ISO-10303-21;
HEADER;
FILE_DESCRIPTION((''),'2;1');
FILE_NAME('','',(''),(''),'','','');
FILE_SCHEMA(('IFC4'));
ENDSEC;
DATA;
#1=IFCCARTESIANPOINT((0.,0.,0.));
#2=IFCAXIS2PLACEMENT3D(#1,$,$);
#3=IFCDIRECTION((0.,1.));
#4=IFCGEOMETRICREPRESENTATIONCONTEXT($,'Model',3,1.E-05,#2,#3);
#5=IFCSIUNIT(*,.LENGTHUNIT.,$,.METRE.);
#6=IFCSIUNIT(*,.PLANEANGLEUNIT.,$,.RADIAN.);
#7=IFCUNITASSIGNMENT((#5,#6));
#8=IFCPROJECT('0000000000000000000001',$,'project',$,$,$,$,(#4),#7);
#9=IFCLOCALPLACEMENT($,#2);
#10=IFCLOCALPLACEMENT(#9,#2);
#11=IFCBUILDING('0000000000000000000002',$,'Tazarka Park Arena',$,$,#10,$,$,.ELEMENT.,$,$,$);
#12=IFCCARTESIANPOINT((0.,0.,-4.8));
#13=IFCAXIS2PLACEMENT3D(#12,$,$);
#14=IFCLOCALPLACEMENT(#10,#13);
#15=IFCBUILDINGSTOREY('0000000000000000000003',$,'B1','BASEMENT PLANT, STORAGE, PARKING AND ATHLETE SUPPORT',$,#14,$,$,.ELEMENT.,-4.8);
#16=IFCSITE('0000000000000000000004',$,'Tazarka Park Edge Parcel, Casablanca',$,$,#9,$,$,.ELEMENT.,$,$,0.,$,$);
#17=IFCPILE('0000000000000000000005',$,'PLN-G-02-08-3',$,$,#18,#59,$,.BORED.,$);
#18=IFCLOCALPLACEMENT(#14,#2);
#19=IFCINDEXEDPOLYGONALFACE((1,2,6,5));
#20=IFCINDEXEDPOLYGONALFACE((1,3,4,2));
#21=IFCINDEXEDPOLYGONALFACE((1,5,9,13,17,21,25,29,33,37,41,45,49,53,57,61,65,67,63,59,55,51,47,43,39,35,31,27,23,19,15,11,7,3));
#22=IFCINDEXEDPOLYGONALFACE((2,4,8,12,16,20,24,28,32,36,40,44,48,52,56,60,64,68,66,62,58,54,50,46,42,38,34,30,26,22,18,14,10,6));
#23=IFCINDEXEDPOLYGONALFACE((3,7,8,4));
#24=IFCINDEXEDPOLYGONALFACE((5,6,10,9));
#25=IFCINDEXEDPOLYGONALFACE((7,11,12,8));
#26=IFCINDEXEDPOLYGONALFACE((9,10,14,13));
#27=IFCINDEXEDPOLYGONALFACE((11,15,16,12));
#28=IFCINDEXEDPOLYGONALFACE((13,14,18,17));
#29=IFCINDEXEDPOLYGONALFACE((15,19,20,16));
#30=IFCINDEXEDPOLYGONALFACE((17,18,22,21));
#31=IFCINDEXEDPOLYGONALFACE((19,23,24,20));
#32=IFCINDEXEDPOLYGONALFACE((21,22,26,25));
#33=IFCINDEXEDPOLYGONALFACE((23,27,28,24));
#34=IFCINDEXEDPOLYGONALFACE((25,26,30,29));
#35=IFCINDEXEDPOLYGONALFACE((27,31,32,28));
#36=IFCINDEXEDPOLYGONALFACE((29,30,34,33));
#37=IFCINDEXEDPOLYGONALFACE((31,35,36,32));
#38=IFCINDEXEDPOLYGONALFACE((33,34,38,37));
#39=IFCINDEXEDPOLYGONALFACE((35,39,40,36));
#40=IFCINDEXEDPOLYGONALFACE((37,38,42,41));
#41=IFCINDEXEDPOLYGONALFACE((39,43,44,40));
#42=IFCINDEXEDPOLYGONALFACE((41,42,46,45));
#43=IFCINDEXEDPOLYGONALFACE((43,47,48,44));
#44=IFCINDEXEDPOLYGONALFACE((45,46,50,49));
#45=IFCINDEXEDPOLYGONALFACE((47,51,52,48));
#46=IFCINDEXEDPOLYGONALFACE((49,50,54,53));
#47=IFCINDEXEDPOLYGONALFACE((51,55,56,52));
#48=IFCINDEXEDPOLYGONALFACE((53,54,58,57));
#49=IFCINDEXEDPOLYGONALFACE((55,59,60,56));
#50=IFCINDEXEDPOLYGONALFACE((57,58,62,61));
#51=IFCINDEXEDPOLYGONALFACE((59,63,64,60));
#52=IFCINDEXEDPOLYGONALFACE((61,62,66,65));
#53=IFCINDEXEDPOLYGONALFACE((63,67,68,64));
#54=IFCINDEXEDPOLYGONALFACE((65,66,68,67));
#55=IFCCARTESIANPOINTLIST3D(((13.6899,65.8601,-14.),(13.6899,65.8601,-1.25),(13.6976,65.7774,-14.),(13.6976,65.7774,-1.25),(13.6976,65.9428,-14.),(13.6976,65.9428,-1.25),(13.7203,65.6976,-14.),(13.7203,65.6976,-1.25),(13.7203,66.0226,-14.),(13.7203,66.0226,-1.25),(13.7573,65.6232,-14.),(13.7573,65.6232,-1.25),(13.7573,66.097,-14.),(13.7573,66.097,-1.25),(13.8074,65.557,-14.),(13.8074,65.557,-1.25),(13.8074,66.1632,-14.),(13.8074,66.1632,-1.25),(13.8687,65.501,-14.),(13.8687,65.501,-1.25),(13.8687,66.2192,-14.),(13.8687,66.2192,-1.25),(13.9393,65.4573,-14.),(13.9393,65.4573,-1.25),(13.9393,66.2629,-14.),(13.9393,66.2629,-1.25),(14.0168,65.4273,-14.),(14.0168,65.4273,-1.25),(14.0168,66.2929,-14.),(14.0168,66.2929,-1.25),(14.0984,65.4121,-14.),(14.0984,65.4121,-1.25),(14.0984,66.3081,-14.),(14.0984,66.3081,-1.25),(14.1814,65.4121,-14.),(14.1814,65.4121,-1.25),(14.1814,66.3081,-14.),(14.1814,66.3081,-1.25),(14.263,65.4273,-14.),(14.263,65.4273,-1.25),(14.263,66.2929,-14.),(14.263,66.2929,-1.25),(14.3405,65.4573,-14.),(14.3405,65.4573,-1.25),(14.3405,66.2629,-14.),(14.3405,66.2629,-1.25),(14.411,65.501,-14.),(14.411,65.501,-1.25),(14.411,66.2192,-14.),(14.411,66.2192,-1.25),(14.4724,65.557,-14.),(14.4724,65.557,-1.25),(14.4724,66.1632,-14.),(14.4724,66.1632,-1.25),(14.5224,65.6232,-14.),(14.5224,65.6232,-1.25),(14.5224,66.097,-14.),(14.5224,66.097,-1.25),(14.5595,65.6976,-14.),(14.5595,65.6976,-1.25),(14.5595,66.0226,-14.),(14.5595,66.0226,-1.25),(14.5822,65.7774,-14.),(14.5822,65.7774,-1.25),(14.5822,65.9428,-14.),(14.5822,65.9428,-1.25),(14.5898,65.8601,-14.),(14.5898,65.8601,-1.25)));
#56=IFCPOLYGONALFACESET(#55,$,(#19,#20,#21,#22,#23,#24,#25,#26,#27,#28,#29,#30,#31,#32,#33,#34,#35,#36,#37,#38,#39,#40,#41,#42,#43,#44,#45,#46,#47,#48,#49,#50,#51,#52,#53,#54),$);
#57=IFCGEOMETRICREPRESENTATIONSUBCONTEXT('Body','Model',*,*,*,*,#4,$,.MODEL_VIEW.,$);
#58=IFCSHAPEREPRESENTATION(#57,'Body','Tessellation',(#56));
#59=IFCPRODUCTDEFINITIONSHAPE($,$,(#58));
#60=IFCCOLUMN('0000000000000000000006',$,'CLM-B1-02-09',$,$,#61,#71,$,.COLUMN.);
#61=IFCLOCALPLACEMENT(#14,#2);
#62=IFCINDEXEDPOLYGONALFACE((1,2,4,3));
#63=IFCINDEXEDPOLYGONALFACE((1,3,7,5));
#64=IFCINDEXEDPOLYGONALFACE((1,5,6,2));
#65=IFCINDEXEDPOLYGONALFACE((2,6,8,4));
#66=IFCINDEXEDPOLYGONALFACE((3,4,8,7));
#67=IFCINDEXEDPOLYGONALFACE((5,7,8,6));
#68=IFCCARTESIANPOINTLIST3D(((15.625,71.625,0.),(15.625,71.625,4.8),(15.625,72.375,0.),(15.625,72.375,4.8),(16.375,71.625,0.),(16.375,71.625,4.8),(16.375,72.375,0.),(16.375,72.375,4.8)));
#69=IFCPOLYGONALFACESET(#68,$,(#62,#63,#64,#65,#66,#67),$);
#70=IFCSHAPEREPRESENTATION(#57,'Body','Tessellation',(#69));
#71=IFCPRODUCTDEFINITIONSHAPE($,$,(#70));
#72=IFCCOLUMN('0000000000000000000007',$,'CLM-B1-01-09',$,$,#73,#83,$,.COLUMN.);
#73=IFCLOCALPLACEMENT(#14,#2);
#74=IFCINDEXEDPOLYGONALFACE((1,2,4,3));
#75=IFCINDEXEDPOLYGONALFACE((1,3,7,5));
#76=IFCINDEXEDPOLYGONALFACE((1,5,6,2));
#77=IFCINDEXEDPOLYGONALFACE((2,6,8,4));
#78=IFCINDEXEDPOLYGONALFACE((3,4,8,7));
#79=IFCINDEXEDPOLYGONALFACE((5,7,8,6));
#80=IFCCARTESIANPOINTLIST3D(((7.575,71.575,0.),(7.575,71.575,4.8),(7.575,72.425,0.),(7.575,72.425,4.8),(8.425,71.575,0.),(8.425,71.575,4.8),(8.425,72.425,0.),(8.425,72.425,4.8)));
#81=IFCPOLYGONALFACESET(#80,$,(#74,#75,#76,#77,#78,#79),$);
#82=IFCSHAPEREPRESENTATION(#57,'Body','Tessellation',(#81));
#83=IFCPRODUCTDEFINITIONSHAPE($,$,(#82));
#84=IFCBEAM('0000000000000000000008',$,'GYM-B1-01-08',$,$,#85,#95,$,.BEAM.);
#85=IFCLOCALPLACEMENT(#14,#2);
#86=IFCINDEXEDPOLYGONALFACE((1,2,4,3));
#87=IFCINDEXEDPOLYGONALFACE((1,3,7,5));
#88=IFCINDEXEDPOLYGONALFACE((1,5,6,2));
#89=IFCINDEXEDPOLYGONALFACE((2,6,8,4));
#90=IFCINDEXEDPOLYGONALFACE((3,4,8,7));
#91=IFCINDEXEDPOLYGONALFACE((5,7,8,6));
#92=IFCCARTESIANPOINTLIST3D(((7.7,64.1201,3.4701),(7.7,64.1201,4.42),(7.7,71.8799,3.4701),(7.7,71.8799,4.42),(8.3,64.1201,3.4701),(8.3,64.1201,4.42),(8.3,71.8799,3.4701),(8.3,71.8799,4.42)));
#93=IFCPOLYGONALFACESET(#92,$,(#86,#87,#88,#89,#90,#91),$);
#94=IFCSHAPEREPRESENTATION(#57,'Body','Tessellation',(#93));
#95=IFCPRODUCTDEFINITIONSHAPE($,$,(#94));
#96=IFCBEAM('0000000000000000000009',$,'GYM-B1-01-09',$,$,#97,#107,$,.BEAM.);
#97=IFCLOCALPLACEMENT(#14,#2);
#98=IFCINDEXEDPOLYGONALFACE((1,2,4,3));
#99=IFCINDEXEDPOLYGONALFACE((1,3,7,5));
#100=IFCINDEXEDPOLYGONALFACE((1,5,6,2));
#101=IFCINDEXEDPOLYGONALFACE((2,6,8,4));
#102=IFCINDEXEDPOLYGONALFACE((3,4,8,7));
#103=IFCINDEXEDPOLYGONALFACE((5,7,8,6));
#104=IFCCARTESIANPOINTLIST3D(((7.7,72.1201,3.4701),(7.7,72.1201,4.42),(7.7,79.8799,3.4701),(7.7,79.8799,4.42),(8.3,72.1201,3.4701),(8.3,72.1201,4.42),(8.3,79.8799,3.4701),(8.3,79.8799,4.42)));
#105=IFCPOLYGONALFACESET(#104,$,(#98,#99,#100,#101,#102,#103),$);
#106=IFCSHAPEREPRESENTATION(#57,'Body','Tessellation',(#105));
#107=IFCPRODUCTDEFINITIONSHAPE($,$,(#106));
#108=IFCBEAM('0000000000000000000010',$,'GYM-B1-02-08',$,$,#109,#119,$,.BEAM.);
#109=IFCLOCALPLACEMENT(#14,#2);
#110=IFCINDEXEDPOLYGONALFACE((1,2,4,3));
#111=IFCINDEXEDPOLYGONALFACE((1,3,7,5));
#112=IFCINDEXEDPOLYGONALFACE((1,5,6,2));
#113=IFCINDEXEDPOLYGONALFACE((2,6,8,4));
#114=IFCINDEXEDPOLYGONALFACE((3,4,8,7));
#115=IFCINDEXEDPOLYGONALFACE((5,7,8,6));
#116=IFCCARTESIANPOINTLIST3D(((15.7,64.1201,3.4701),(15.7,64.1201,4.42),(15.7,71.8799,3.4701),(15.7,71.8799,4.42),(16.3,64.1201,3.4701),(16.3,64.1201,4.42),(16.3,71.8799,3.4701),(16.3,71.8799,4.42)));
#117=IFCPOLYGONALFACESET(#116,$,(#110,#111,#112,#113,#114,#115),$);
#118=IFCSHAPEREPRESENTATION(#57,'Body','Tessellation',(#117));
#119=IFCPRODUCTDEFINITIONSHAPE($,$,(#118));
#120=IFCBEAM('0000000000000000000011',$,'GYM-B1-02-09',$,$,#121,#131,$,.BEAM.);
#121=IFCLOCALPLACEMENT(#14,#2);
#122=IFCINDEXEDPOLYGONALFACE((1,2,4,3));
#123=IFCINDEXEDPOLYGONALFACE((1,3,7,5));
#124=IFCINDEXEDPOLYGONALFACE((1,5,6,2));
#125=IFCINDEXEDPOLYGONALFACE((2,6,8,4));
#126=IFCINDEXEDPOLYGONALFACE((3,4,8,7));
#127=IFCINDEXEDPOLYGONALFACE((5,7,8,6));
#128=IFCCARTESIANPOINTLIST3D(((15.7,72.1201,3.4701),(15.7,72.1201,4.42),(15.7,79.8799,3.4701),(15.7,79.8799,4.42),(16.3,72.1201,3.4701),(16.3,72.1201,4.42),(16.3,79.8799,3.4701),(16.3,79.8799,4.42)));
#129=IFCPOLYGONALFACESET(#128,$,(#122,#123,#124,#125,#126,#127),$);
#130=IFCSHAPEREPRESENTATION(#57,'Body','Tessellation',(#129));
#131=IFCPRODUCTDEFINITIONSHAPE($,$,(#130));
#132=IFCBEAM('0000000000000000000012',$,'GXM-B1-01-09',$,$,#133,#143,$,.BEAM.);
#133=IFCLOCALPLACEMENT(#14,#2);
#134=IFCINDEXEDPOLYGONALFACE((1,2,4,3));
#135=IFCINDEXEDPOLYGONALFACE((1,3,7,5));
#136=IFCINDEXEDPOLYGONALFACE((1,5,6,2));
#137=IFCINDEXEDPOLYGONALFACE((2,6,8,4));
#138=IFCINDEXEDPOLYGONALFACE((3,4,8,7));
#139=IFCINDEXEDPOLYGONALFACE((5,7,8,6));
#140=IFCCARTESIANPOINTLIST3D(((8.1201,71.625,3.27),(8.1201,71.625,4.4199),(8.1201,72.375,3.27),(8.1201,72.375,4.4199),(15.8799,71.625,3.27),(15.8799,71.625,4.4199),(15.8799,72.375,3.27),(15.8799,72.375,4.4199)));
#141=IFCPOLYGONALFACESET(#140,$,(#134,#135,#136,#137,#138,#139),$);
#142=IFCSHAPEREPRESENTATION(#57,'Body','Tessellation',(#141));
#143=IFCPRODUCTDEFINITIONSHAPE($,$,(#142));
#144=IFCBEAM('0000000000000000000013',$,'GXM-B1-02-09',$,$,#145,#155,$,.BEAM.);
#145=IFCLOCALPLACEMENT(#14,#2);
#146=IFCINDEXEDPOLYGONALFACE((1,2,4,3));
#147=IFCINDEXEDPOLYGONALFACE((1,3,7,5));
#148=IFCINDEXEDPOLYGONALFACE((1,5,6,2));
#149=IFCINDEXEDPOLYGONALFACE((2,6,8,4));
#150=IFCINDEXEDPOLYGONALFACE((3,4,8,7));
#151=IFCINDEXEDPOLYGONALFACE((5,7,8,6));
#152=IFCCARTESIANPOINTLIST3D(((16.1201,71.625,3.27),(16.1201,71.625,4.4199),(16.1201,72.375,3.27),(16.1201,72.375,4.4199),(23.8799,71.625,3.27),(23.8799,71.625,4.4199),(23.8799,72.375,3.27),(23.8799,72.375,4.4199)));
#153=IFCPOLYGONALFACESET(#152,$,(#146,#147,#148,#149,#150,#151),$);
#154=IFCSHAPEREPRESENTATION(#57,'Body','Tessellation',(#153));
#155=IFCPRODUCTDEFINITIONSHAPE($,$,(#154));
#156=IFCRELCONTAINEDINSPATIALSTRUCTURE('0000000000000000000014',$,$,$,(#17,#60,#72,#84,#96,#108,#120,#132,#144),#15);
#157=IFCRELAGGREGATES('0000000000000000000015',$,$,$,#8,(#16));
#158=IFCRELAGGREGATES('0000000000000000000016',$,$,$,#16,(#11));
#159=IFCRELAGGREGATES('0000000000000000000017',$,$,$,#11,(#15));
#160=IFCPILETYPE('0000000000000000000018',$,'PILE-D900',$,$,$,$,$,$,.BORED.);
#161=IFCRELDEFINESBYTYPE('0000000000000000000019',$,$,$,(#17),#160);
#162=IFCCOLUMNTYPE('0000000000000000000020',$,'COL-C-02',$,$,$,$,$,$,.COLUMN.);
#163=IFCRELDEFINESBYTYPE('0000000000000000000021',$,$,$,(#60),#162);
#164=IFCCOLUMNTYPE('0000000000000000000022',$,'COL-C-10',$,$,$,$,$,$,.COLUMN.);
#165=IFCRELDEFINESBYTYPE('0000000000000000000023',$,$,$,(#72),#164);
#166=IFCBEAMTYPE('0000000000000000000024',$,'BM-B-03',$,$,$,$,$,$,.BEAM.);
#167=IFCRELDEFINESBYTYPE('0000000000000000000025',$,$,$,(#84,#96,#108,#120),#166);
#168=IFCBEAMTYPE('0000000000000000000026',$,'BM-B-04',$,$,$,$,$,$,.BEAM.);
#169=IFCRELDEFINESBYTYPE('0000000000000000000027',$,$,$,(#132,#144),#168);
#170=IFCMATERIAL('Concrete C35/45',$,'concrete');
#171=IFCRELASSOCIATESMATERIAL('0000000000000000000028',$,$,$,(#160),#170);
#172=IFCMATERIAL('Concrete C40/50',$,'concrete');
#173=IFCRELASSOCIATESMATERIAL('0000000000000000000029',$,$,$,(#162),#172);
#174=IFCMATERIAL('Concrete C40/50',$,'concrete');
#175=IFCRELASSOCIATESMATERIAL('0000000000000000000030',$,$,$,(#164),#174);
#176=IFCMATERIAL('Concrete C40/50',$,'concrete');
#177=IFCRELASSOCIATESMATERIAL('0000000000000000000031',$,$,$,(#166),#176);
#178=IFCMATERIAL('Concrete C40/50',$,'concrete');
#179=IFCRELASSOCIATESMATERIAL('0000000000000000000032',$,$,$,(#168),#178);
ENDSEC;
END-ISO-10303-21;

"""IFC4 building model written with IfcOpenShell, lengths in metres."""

from ifc_helpers import new_model, si_unit, direction, frame, origin, origin_2d, place, context, subcontext, project, spatial, rectangle, circle, extrude, material, material_profile, profile_set, type_object, element, save


model = new_model("IFC4")

# Units and contexts
model_context = context("Model", 3, precision=1e-05, world=origin(), true_north=direction((0.0, 1.0)))
body_context = subcontext(model_context, "Body", "Model", "MODEL_VIEW")
ifc_project = project(units=[si_unit("LENGTHUNIT", "METRE"), si_unit("PLANEANGLEUNIT", "RADIAN")], contexts=[model_context])

# Site, building, storey
site_placement = place(None, origin())
site = spatial("IfcSite", under=ifc_project, at=site_placement, Name="Tazarka Park Edge Parcel, Casablanca", CompositionType="ELEMENT", RefElevation=0.0)
building_placement = place(site_placement, origin())
building = spatial("IfcBuilding", under=site, at=building_placement, Name="Tazarka Park Arena", CompositionType="ELEMENT")
storey_placement = place(building_placement, frame((0.0, 0.0, -4.8)))
storey = spatial("IfcBuildingStorey", under=building, at=storey_placement, Name="B1", Description="BASEMENT PLANT, STORAGE, PARKING AND ATHLETE SUPPORT", CompositionType="ELEMENT", Elevation=-4.8)

# Pile
ifc_material_1 = material(Name="Concrete C35/45", Category="concrete")
ifc_material_profile_1 = material_profile(ifc_material_1, circle(Radius=0.45, at=origin_2d()), Name="Concrete C35/45")
ifc_profile_set_1 = profile_set([ifc_material_profile_1], Name="Concrete C35/45")
pile_type_1 = type_object("IfcPileType", Name="PILE-D900", PredefinedType="BORED", material=ifc_profile_set_1)
pile_placement = place(storey_placement, frame((14.1399, 65.8601, -1.25), z_axis=(0.0, 0.0, -1.0), x_axis=(1.0, 0.0, 0.0)))
element("IfcPile", 1, at=pile_placement, inside=storey, type_object=pile_type_1, Name="PLN-G-02-08-3", PredefinedType="BORED", context=body_context, shape_type="SweptSolid", body=[
    extrude(circle(Radius=0.45, at=origin_2d()), origin(), (0.0, 0.0, 1.0), 12.75),
])

# Columns
ifc_material_2 = material(Name="Concrete C40/50", Category="concrete")
ifc_material_profile_2 = material_profile(ifc_material_2, rectangle(XDim=0.75, YDim=0.75, at=origin_2d()), Name="Concrete C40/50")
ifc_profile_set_2 = profile_set([ifc_material_profile_2], Name="Concrete C40/50")
column_type_1 = type_object("IfcColumnType", Name="COL-C-02", PredefinedType="COLUMN", material=ifc_profile_set_2)
column_1_placement = place(storey_placement, frame((16.0, 72.0, 0.0), z_axis=(0.0, 0.0, 1.0), x_axis=(1.0, 0.0, 0.0)))
element("IfcColumn", 2, at=column_1_placement, inside=storey, type_object=column_type_1, Name="CLM-B1-02-09", PredefinedType="COLUMN", context=body_context, shape_type="SweptSolid", body=[
    extrude(rectangle(XDim=0.75, YDim=0.75, at=origin_2d()), origin(), (0.0, 0.0, 1.0), 4.8),
])
ifc_material_3 = material(Name="Concrete C40/50", Category="concrete")
ifc_material_profile_3 = material_profile(ifc_material_3, rectangle(XDim=0.8501, YDim=0.8501, at=origin_2d()), Name="Concrete C40/50")
ifc_profile_set_3 = profile_set([ifc_material_profile_3], Name="Concrete C40/50")
column_type_2 = type_object("IfcColumnType", Name="COL-C-10", PredefinedType="COLUMN", material=ifc_profile_set_3)
column_2_placement = place(storey_placement, frame((8.0, 72.0, 0.0), z_axis=(0.0, 0.0, 1.0), x_axis=(1.0, 0.0, 0.0)))
element("IfcColumn", 3, at=column_2_placement, inside=storey, type_object=column_type_2, Name="CLM-B1-01-09", PredefinedType="COLUMN", context=body_context, shape_type="SweptSolid", body=[
    extrude(rectangle(XDim=0.8501, YDim=0.8501, at=origin_2d()), origin(), (0.0, 0.0, 1.0), 4.8),
])

# Beams
ifc_material_4 = material(Name="Concrete C40/50", Category="concrete")
ifc_material_profile_4 = material_profile(ifc_material_4, rectangle(XDim=0.6001, YDim=0.95, at=origin_2d()), Name="Concrete C40/50")
ifc_profile_set_4 = profile_set([ifc_material_profile_4], Name="Concrete C40/50")
beam_type_1 = type_object("IfcBeamType", Name="BM-B-03", PredefinedType="BEAM", material=ifc_profile_set_4)
for number, where, z_axis, x_axis, name in (
    (4, (8.0, 64.1201, 3.9451), (0.0, 1.0, 0.0), (-1.0, 0.0, 0.0), "GYM-B1-01-08"),
    (5, (8.0, 72.1201, 3.9451), (0.0, 1.0, 0.0), (-1.0, 0.0, 0.0), "GYM-B1-01-09"),
    (6, (16.0, 64.1201, 3.9451), (0.0, 1.0, 0.0), (-1.0, 0.0, 0.0), "GYM-B1-02-08"),
    (7, (16.0, 72.1201, 3.9451), (0.0, 1.0, 0.0), (-1.0, 0.0, 0.0), "GYM-B1-02-09"),
):
    element("IfcBeam", number, at=place(storey_placement, frame(where, z_axis=z_axis, x_axis=x_axis)), inside=storey, type_object=beam_type_1, Name=name, PredefinedType="BEAM", context=body_context, shape_type="SweptSolid", body=[
        extrude(rectangle(XDim=0.6001, YDim=0.95, at=origin_2d()), origin(), (0.0, 0.0, 1.0), 7.7598),
    ])
ifc_material_5 = material(Name="Concrete C40/50", Category="concrete")
ifc_material_profile_5 = material_profile(ifc_material_5, rectangle(XDim=0.75, YDim=1.1499, at=origin_2d()), Name="Concrete C40/50")
ifc_profile_set_5 = profile_set([ifc_material_profile_5], Name="Concrete C40/50")
beam_type_2 = type_object("IfcBeamType", Name="BM-B-04", PredefinedType="BEAM", material=ifc_profile_set_5)
for number, where, z_axis, x_axis, name in (
    (8, (8.1201, 72.0, 3.845), (1.0, 0.0, 0.0), (0.0, 1.0, 0.0), "GXM-B1-01-09"),
    (9, (16.1201, 72.0, 3.845), (1.0, 0.0, 0.0), (0.0, 1.0, 0.0), "GXM-B1-02-09"),
):
    element("IfcBeam", number, at=place(storey_placement, frame(where, z_axis=z_axis, x_axis=x_axis)), inside=storey, type_object=beam_type_2, Name=name, PredefinedType="BEAM", context=body_context, shape_type="SweptSolid", body=[
        extrude(rectangle(XDim=0.75, YDim=1.1499, at=origin_2d()), origin(), (0.0, 0.0, 1.0), 7.7598),
    ])

save(model, "model.ifc")
